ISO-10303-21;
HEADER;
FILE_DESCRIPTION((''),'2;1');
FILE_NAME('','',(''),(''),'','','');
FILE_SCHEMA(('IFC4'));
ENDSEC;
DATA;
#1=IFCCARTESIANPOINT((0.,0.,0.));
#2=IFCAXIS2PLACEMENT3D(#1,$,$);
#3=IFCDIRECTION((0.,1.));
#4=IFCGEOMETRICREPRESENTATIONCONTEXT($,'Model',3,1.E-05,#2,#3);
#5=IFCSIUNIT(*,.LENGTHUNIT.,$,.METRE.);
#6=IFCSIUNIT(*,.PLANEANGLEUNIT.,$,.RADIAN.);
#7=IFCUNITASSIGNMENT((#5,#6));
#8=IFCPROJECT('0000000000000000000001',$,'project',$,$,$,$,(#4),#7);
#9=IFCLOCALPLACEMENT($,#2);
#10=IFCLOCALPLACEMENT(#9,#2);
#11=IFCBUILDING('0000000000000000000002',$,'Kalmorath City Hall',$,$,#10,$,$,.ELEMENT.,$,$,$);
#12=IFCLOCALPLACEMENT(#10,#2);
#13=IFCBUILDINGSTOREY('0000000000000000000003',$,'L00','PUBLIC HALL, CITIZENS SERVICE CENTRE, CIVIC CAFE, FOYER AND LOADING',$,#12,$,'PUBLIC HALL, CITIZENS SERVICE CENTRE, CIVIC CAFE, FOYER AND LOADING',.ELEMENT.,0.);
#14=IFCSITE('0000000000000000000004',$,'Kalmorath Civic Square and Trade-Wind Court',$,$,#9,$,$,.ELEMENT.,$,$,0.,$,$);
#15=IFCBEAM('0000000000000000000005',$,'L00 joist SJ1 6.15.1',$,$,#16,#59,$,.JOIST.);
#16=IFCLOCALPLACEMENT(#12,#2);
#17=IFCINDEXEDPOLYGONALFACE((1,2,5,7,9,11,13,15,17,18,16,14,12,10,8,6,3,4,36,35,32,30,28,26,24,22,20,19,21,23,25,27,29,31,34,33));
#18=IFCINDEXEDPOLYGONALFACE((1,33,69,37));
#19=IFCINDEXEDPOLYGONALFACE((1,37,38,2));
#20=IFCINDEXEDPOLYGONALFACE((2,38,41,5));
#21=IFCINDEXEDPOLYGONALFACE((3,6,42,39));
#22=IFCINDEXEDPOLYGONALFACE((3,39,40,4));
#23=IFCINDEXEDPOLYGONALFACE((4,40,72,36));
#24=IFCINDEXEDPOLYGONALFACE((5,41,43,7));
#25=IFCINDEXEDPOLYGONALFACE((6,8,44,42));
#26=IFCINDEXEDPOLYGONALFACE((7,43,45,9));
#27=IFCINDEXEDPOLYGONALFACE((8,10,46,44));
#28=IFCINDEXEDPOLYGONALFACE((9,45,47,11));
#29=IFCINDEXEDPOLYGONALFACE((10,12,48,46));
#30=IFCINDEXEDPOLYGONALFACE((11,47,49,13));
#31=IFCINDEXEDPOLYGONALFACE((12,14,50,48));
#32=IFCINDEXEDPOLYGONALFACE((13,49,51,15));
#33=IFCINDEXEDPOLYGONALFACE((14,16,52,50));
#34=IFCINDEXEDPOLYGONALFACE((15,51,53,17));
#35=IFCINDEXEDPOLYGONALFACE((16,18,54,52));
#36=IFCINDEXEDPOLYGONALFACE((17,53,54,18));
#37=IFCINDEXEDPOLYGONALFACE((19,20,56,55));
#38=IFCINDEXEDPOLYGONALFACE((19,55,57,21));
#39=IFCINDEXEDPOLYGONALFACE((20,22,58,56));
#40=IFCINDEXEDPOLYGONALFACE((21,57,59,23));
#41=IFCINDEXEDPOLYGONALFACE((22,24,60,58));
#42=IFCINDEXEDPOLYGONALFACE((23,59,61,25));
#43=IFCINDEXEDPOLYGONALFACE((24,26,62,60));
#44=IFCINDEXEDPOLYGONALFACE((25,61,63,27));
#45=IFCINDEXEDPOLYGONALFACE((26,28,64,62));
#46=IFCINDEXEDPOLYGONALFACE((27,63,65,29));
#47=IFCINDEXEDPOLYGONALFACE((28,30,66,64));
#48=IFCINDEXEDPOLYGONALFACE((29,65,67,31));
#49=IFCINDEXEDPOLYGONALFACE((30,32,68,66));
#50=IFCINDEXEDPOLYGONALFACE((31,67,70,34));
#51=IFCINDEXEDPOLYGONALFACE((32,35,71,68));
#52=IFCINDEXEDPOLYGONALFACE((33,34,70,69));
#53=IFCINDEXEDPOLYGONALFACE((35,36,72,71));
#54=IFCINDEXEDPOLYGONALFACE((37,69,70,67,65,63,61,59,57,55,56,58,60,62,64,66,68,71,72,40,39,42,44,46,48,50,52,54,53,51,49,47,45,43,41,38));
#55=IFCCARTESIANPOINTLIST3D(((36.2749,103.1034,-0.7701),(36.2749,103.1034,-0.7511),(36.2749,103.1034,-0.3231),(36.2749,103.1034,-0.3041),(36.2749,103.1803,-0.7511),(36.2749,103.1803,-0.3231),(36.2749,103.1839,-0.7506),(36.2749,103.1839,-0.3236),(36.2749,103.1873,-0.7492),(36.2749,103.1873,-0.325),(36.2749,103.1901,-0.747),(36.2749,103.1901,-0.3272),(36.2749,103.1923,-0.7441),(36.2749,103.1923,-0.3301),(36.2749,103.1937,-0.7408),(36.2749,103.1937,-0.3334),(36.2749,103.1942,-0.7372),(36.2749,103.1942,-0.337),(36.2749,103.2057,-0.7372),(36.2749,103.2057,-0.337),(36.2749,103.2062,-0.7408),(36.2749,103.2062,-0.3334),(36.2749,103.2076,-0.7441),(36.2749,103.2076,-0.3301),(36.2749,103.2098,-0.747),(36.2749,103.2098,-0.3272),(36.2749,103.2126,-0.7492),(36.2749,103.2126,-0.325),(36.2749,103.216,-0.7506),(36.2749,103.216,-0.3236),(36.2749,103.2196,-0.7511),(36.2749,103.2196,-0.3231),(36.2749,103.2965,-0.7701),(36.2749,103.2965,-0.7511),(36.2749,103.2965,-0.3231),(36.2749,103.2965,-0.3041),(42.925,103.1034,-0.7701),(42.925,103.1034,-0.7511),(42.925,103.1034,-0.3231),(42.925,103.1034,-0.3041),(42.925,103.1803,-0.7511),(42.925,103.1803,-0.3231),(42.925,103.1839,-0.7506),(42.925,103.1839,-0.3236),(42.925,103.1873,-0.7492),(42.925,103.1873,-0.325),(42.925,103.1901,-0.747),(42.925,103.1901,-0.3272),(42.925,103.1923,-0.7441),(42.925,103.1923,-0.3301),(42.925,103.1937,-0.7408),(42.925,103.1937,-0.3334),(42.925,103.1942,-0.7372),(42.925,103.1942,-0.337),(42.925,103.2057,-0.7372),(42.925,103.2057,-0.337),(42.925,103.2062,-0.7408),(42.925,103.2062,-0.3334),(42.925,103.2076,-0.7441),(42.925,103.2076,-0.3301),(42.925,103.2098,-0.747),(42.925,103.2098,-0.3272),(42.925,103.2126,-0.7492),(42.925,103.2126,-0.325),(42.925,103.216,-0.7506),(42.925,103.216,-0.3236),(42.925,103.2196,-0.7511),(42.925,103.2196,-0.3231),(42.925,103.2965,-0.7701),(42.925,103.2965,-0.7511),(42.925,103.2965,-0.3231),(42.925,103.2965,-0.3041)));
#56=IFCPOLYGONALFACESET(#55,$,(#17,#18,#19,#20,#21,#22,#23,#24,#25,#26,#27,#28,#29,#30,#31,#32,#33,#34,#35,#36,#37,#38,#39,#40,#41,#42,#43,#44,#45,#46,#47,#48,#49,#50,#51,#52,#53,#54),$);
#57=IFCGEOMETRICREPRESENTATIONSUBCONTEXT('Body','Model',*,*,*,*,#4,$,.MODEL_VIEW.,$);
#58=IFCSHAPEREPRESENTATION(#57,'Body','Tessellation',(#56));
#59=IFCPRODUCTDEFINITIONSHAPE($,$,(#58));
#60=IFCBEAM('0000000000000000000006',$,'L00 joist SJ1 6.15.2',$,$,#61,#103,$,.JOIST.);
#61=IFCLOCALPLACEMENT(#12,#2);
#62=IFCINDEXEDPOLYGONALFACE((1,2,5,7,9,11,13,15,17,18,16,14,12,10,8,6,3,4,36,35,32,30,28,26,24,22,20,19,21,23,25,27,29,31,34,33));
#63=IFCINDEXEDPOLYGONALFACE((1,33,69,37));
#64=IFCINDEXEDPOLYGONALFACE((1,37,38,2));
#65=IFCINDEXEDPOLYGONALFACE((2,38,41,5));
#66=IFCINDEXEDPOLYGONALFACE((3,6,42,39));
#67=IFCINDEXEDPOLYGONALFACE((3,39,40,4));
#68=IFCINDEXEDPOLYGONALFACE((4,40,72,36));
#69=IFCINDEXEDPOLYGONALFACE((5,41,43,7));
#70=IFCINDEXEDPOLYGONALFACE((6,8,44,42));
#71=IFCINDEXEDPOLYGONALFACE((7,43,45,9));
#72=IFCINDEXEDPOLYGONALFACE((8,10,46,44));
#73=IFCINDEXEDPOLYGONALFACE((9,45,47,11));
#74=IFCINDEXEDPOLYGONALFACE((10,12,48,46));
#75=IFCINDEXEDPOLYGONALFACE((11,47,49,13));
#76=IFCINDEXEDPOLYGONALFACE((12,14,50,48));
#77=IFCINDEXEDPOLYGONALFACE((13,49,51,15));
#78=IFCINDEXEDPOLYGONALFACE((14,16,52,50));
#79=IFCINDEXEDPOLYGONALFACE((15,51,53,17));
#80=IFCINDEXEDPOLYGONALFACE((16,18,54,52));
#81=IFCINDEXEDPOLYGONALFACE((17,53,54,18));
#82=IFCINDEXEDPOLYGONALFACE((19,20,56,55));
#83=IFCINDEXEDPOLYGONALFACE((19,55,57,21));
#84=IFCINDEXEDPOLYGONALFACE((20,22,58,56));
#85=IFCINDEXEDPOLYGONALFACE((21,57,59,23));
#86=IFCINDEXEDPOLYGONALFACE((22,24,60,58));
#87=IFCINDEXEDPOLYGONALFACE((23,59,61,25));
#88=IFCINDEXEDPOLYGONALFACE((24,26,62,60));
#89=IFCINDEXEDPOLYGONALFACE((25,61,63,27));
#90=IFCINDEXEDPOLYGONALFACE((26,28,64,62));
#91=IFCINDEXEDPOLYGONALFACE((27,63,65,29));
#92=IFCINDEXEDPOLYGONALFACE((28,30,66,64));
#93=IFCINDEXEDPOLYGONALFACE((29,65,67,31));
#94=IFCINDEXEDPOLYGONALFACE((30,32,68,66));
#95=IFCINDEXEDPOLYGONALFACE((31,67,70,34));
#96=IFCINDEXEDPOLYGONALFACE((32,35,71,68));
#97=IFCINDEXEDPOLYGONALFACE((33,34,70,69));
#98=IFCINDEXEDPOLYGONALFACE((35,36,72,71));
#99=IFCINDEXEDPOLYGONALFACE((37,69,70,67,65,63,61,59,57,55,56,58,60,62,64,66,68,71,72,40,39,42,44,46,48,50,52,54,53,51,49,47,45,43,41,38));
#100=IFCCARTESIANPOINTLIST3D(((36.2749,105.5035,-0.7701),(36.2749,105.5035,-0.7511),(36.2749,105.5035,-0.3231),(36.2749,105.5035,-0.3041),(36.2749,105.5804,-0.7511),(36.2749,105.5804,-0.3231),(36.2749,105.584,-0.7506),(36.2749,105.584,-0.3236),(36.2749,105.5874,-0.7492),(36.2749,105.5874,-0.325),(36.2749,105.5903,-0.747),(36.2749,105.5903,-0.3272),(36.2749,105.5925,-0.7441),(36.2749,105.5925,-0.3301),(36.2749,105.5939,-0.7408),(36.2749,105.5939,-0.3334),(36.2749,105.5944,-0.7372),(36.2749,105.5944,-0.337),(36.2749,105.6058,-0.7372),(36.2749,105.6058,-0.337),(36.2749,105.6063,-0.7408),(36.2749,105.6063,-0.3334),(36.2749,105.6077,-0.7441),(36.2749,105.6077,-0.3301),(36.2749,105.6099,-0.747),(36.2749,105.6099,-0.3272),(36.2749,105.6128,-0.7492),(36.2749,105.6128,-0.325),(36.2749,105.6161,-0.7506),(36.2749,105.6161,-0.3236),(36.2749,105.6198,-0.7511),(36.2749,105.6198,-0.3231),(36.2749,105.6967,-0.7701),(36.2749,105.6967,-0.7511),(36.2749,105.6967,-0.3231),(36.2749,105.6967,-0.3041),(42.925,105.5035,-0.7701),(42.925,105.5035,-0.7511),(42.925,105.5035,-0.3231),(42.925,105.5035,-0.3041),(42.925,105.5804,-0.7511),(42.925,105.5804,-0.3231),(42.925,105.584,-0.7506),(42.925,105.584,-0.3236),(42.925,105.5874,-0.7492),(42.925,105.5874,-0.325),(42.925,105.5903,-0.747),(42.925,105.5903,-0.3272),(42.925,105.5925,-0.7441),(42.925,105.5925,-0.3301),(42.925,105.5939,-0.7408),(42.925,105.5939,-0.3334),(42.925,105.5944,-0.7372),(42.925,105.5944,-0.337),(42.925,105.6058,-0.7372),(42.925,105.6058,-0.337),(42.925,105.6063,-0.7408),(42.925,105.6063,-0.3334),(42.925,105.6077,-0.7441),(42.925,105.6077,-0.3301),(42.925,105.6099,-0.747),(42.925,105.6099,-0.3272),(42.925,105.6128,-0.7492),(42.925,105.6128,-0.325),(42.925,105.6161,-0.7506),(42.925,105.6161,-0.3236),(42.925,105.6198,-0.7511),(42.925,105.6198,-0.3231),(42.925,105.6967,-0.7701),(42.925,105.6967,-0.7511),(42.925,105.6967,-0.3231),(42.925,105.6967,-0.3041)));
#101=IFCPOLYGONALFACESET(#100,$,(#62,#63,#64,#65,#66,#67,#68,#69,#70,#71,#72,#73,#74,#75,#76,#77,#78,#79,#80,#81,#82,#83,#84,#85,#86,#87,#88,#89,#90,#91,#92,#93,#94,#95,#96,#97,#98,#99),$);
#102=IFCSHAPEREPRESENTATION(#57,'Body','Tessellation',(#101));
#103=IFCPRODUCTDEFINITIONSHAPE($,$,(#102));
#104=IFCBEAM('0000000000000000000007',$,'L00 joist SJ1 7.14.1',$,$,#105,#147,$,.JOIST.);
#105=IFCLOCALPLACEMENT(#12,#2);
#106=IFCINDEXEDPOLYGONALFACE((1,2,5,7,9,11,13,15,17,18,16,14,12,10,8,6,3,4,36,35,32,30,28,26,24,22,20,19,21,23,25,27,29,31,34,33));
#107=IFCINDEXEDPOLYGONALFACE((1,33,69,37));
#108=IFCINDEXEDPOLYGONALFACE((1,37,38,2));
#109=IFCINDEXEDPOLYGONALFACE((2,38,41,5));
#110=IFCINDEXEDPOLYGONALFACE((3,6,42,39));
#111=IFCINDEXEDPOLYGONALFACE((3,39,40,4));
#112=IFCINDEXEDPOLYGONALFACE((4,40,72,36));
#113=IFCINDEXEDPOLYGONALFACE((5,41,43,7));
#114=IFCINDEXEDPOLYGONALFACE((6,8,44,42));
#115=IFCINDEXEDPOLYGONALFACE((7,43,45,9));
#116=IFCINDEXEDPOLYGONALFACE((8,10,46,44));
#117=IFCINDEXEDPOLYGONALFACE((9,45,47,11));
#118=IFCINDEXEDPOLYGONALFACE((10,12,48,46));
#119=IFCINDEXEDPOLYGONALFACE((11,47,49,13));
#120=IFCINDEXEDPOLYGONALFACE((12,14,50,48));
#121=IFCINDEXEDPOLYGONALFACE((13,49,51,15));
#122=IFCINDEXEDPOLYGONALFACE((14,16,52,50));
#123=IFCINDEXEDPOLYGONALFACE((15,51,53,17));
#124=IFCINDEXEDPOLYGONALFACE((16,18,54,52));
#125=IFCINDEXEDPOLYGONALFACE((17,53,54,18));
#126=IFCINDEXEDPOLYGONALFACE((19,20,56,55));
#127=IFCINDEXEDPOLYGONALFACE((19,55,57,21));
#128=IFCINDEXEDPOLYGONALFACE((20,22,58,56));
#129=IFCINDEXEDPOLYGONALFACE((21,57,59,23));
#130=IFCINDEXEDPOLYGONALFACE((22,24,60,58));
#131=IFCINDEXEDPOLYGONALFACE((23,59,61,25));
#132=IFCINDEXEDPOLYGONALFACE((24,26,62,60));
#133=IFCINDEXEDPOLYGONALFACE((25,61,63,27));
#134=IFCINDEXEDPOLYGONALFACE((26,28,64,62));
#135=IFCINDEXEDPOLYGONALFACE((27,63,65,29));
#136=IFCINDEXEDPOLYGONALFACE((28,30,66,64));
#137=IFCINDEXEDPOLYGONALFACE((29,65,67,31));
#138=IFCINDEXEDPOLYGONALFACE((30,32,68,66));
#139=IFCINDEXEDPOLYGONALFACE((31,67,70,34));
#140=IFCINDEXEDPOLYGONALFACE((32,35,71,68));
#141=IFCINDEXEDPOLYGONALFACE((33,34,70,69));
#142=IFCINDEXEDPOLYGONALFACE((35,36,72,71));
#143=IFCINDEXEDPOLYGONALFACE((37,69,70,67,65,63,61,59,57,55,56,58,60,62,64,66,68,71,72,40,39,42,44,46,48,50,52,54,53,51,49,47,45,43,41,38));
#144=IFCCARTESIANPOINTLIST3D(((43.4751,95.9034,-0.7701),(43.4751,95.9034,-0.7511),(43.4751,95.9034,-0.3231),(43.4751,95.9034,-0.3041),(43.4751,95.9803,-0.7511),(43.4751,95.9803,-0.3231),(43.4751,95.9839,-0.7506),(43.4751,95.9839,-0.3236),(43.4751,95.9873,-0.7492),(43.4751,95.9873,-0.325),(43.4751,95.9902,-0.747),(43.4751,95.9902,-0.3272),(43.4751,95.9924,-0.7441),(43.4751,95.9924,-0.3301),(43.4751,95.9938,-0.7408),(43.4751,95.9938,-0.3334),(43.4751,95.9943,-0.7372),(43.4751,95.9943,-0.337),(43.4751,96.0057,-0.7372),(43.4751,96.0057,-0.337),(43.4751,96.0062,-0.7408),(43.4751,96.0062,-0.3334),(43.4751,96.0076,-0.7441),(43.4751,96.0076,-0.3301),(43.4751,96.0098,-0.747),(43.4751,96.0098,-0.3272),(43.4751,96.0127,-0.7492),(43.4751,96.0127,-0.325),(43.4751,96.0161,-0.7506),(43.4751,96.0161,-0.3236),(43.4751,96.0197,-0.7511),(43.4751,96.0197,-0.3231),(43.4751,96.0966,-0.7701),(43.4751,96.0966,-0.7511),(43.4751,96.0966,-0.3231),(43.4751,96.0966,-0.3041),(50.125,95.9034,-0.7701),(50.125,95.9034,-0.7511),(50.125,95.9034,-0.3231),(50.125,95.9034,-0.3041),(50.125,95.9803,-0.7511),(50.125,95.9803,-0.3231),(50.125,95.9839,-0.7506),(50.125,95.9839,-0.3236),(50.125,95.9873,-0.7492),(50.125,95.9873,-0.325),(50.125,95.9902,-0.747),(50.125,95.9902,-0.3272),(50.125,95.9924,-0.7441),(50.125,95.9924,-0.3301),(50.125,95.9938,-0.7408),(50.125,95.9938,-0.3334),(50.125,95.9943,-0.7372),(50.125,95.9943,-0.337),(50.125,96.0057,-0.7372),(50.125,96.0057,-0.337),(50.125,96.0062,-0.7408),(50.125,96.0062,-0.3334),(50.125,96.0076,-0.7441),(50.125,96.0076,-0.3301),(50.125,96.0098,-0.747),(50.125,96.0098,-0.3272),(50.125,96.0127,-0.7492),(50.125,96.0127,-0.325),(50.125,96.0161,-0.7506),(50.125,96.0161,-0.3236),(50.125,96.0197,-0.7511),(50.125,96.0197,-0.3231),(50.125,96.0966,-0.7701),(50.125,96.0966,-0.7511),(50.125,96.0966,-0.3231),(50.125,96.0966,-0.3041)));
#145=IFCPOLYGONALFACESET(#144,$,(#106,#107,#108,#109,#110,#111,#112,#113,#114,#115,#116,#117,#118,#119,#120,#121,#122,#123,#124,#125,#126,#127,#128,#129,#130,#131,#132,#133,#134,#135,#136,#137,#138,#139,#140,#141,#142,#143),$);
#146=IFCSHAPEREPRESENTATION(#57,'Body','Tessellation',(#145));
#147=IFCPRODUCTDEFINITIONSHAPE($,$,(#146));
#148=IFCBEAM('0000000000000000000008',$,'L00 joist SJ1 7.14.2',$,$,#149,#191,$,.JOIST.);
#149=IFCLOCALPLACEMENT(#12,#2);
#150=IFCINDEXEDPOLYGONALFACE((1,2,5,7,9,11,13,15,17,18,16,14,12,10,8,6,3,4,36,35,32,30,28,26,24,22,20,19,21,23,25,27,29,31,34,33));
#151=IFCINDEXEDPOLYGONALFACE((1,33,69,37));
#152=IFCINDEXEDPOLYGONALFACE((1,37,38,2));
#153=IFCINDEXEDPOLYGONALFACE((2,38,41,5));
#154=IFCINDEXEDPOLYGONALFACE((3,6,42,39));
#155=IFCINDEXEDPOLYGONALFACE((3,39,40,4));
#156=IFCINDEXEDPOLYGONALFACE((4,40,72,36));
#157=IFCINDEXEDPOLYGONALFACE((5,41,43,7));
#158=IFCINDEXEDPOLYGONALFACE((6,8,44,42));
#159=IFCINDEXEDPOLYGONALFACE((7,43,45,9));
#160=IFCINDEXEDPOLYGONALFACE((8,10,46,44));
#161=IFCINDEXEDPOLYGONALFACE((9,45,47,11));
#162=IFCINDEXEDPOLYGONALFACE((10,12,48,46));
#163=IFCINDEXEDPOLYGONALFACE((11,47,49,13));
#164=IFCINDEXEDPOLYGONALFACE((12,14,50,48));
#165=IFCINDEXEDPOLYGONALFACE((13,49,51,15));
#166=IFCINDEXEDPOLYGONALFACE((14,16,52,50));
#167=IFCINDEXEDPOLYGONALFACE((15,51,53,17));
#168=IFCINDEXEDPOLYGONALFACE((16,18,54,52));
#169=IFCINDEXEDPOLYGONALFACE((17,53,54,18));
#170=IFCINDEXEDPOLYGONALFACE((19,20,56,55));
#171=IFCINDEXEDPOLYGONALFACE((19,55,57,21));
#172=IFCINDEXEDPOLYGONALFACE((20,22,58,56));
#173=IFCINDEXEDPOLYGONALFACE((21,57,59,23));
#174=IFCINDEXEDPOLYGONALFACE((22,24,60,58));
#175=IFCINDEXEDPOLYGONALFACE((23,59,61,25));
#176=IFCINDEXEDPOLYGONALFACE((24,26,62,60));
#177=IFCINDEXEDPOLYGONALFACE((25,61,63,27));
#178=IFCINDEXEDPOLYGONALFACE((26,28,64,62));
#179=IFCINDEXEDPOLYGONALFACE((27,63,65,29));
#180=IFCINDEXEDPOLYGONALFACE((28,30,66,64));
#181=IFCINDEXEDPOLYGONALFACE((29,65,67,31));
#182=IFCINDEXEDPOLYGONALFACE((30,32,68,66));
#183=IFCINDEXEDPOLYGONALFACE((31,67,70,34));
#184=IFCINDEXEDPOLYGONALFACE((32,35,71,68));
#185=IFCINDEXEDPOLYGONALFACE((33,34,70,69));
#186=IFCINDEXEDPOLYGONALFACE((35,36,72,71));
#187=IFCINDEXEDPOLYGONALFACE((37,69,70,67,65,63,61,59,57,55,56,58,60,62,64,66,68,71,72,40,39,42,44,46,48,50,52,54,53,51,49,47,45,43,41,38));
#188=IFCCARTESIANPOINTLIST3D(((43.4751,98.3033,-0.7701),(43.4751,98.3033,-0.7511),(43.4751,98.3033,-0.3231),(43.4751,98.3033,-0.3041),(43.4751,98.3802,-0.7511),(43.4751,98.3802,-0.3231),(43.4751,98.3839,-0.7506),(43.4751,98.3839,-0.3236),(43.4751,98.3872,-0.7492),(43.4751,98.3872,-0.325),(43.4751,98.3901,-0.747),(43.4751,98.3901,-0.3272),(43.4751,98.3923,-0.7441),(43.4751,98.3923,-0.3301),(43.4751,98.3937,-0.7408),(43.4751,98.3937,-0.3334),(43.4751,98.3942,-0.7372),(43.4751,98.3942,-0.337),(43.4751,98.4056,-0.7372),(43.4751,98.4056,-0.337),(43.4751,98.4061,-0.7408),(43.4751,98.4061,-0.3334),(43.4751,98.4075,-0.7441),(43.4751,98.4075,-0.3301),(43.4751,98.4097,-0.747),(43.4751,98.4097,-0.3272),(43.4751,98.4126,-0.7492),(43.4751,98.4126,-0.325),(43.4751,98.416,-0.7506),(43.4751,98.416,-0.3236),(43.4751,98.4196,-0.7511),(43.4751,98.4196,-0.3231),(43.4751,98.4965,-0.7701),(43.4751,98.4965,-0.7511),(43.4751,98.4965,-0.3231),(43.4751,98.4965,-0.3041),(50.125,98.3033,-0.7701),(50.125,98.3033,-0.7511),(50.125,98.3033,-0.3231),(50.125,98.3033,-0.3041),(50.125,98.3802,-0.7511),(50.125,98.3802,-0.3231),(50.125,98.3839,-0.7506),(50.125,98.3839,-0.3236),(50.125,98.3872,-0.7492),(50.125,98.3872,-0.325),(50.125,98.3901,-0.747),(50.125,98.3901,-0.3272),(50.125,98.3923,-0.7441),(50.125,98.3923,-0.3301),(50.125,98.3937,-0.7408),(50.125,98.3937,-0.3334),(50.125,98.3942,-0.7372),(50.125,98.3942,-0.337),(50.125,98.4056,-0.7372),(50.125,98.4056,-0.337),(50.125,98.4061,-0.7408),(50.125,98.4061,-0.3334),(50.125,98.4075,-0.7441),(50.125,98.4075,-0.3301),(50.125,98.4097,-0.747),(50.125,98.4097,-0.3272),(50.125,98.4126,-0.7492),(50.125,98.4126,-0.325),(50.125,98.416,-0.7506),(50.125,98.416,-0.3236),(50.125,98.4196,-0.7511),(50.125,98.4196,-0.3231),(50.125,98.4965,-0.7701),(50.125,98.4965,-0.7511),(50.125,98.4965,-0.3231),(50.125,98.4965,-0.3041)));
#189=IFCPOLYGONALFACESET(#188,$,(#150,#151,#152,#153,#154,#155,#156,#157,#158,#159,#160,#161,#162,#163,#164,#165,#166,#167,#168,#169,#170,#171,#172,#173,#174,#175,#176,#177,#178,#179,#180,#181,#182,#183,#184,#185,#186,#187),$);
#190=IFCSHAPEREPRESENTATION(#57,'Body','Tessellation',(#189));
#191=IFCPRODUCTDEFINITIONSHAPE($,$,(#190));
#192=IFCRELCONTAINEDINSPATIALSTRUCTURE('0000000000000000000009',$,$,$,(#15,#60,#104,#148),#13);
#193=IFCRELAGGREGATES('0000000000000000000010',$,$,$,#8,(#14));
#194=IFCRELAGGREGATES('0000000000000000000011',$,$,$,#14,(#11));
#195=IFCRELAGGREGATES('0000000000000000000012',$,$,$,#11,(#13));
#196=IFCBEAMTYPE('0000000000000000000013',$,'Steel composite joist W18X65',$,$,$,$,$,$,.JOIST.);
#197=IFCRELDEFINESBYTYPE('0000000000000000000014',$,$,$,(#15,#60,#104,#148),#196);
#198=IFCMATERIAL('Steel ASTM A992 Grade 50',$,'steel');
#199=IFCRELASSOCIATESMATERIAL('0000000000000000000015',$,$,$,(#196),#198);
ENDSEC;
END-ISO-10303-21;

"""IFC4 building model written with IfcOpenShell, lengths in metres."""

from ifc_helpers import new_model, si_unit, direction, frame, origin, origin_2d, place, context, subcontext, project, spatial, i_section, extrude, material, material_profile, profile_set, type_object, element, save


model = new_model("IFC4")

# Units and contexts
model_context = context("Model", 3, precision=1e-05, world=origin(), true_north=direction((0.0, 1.0)))
body_context = subcontext(model_context, "Body", "Model", "MODEL_VIEW")
ifc_project = project(units=[si_unit("LENGTHUNIT", "METRE"), si_unit("PLANEANGLEUNIT", "RADIAN")], contexts=[model_context])

# Site, building, storey
site_placement = place(None, origin())
site = spatial("IfcSite", under=ifc_project, at=site_placement, Name="Kalmorath Civic Square and Trade-Wind Court", CompositionType="ELEMENT", RefElevation=0.0)
building_placement = place(site_placement, origin())
building = spatial("IfcBuilding", under=site, at=building_placement, Name="Kalmorath City Hall", CompositionType="ELEMENT")
storey_placement = place(building_placement, origin())
storey = spatial("IfcBuildingStorey", under=building, at=storey_placement, Name="L00", Description="PUBLIC HALL, CITIZENS SERVICE CENTRE, CIVIC CAFE, FOYER AND LOADING", LongName="PUBLIC HALL, CITIZENS SERVICE CENTRE, CIVIC CAFE, FOYER AND LOADING", CompositionType="ELEMENT", Elevation=0.0)

# Beams
ifc_material_1 = material(Name="Steel ASTM A992 Grade 50", Category="steel")
ifc_material_profile_1 = material_profile(ifc_material_1, i_section(OverallWidth=0.1931, OverallDepth=0.4661, WebThickness=0.0115, FlangeThickness=0.019, FilletRadius=0.0139, at=origin_2d()), Name="W18X65")
ifc_profile_set_1 = profile_set([ifc_material_profile_1], Name="Steel ASTM A992 Grade 50")
beam_type_1 = type_object("IfcBeamType", Name="Steel composite joist W18X65", PredefinedType="JOIST", material=ifc_profile_set_1)
for number, where, z_axis, x_axis, name in (
    (1, (36.2749, 103.2, -0.5371), (1.0, 0.0, 0.0), (0.0, 1.0, 0.0), "L00 joist SJ1 6.15.1"),
    (2, (36.2749, 105.6001, -0.5371), (1.0, 0.0, 0.0), (0.0, 1.0, 0.0), "L00 joist SJ1 6.15.2"),
):
    element("IfcBeam", number, at=place(storey_placement, frame(where, z_axis=z_axis, x_axis=x_axis)), inside=storey, type_object=beam_type_1, Name=name, PredefinedType="JOIST", context=body_context, shape_type="SweptSolid", body=[
        extrude(i_section(OverallWidth=0.1931, OverallDepth=0.4661, WebThickness=0.0115, FlangeThickness=0.019, FilletRadius=0.0139, at=origin_2d()), origin(), (0.0, 0.0, 1.0), 6.6501),
    ])
for number, where, z_axis, x_axis, name in (
    (3, (43.4751, 96.0, -0.5371), (1.0, 0.0, 0.0), (0.0, 1.0, 0.0), "L00 joist SJ1 7.14.1"),
    (4, (43.4751, 98.3999, -0.5371), (1.0, 0.0, 0.0), (0.0, 1.0, 0.0), "L00 joist SJ1 7.14.2"),
):
    element("IfcBeam", number, at=place(storey_placement, frame(where, z_axis=z_axis, x_axis=x_axis)), inside=storey, type_object=beam_type_1, Name=name, PredefinedType="JOIST", context=body_context, shape_type="SweptSolid", body=[
        extrude(i_section(OverallWidth=0.1931, OverallDepth=0.4661, WebThickness=0.0115, FlangeThickness=0.019, FilletRadius=0.0139, at=origin_2d()), origin(), (0.0, 0.0, 1.0), 6.6499),
    ])

save(model, "model.ifc")
